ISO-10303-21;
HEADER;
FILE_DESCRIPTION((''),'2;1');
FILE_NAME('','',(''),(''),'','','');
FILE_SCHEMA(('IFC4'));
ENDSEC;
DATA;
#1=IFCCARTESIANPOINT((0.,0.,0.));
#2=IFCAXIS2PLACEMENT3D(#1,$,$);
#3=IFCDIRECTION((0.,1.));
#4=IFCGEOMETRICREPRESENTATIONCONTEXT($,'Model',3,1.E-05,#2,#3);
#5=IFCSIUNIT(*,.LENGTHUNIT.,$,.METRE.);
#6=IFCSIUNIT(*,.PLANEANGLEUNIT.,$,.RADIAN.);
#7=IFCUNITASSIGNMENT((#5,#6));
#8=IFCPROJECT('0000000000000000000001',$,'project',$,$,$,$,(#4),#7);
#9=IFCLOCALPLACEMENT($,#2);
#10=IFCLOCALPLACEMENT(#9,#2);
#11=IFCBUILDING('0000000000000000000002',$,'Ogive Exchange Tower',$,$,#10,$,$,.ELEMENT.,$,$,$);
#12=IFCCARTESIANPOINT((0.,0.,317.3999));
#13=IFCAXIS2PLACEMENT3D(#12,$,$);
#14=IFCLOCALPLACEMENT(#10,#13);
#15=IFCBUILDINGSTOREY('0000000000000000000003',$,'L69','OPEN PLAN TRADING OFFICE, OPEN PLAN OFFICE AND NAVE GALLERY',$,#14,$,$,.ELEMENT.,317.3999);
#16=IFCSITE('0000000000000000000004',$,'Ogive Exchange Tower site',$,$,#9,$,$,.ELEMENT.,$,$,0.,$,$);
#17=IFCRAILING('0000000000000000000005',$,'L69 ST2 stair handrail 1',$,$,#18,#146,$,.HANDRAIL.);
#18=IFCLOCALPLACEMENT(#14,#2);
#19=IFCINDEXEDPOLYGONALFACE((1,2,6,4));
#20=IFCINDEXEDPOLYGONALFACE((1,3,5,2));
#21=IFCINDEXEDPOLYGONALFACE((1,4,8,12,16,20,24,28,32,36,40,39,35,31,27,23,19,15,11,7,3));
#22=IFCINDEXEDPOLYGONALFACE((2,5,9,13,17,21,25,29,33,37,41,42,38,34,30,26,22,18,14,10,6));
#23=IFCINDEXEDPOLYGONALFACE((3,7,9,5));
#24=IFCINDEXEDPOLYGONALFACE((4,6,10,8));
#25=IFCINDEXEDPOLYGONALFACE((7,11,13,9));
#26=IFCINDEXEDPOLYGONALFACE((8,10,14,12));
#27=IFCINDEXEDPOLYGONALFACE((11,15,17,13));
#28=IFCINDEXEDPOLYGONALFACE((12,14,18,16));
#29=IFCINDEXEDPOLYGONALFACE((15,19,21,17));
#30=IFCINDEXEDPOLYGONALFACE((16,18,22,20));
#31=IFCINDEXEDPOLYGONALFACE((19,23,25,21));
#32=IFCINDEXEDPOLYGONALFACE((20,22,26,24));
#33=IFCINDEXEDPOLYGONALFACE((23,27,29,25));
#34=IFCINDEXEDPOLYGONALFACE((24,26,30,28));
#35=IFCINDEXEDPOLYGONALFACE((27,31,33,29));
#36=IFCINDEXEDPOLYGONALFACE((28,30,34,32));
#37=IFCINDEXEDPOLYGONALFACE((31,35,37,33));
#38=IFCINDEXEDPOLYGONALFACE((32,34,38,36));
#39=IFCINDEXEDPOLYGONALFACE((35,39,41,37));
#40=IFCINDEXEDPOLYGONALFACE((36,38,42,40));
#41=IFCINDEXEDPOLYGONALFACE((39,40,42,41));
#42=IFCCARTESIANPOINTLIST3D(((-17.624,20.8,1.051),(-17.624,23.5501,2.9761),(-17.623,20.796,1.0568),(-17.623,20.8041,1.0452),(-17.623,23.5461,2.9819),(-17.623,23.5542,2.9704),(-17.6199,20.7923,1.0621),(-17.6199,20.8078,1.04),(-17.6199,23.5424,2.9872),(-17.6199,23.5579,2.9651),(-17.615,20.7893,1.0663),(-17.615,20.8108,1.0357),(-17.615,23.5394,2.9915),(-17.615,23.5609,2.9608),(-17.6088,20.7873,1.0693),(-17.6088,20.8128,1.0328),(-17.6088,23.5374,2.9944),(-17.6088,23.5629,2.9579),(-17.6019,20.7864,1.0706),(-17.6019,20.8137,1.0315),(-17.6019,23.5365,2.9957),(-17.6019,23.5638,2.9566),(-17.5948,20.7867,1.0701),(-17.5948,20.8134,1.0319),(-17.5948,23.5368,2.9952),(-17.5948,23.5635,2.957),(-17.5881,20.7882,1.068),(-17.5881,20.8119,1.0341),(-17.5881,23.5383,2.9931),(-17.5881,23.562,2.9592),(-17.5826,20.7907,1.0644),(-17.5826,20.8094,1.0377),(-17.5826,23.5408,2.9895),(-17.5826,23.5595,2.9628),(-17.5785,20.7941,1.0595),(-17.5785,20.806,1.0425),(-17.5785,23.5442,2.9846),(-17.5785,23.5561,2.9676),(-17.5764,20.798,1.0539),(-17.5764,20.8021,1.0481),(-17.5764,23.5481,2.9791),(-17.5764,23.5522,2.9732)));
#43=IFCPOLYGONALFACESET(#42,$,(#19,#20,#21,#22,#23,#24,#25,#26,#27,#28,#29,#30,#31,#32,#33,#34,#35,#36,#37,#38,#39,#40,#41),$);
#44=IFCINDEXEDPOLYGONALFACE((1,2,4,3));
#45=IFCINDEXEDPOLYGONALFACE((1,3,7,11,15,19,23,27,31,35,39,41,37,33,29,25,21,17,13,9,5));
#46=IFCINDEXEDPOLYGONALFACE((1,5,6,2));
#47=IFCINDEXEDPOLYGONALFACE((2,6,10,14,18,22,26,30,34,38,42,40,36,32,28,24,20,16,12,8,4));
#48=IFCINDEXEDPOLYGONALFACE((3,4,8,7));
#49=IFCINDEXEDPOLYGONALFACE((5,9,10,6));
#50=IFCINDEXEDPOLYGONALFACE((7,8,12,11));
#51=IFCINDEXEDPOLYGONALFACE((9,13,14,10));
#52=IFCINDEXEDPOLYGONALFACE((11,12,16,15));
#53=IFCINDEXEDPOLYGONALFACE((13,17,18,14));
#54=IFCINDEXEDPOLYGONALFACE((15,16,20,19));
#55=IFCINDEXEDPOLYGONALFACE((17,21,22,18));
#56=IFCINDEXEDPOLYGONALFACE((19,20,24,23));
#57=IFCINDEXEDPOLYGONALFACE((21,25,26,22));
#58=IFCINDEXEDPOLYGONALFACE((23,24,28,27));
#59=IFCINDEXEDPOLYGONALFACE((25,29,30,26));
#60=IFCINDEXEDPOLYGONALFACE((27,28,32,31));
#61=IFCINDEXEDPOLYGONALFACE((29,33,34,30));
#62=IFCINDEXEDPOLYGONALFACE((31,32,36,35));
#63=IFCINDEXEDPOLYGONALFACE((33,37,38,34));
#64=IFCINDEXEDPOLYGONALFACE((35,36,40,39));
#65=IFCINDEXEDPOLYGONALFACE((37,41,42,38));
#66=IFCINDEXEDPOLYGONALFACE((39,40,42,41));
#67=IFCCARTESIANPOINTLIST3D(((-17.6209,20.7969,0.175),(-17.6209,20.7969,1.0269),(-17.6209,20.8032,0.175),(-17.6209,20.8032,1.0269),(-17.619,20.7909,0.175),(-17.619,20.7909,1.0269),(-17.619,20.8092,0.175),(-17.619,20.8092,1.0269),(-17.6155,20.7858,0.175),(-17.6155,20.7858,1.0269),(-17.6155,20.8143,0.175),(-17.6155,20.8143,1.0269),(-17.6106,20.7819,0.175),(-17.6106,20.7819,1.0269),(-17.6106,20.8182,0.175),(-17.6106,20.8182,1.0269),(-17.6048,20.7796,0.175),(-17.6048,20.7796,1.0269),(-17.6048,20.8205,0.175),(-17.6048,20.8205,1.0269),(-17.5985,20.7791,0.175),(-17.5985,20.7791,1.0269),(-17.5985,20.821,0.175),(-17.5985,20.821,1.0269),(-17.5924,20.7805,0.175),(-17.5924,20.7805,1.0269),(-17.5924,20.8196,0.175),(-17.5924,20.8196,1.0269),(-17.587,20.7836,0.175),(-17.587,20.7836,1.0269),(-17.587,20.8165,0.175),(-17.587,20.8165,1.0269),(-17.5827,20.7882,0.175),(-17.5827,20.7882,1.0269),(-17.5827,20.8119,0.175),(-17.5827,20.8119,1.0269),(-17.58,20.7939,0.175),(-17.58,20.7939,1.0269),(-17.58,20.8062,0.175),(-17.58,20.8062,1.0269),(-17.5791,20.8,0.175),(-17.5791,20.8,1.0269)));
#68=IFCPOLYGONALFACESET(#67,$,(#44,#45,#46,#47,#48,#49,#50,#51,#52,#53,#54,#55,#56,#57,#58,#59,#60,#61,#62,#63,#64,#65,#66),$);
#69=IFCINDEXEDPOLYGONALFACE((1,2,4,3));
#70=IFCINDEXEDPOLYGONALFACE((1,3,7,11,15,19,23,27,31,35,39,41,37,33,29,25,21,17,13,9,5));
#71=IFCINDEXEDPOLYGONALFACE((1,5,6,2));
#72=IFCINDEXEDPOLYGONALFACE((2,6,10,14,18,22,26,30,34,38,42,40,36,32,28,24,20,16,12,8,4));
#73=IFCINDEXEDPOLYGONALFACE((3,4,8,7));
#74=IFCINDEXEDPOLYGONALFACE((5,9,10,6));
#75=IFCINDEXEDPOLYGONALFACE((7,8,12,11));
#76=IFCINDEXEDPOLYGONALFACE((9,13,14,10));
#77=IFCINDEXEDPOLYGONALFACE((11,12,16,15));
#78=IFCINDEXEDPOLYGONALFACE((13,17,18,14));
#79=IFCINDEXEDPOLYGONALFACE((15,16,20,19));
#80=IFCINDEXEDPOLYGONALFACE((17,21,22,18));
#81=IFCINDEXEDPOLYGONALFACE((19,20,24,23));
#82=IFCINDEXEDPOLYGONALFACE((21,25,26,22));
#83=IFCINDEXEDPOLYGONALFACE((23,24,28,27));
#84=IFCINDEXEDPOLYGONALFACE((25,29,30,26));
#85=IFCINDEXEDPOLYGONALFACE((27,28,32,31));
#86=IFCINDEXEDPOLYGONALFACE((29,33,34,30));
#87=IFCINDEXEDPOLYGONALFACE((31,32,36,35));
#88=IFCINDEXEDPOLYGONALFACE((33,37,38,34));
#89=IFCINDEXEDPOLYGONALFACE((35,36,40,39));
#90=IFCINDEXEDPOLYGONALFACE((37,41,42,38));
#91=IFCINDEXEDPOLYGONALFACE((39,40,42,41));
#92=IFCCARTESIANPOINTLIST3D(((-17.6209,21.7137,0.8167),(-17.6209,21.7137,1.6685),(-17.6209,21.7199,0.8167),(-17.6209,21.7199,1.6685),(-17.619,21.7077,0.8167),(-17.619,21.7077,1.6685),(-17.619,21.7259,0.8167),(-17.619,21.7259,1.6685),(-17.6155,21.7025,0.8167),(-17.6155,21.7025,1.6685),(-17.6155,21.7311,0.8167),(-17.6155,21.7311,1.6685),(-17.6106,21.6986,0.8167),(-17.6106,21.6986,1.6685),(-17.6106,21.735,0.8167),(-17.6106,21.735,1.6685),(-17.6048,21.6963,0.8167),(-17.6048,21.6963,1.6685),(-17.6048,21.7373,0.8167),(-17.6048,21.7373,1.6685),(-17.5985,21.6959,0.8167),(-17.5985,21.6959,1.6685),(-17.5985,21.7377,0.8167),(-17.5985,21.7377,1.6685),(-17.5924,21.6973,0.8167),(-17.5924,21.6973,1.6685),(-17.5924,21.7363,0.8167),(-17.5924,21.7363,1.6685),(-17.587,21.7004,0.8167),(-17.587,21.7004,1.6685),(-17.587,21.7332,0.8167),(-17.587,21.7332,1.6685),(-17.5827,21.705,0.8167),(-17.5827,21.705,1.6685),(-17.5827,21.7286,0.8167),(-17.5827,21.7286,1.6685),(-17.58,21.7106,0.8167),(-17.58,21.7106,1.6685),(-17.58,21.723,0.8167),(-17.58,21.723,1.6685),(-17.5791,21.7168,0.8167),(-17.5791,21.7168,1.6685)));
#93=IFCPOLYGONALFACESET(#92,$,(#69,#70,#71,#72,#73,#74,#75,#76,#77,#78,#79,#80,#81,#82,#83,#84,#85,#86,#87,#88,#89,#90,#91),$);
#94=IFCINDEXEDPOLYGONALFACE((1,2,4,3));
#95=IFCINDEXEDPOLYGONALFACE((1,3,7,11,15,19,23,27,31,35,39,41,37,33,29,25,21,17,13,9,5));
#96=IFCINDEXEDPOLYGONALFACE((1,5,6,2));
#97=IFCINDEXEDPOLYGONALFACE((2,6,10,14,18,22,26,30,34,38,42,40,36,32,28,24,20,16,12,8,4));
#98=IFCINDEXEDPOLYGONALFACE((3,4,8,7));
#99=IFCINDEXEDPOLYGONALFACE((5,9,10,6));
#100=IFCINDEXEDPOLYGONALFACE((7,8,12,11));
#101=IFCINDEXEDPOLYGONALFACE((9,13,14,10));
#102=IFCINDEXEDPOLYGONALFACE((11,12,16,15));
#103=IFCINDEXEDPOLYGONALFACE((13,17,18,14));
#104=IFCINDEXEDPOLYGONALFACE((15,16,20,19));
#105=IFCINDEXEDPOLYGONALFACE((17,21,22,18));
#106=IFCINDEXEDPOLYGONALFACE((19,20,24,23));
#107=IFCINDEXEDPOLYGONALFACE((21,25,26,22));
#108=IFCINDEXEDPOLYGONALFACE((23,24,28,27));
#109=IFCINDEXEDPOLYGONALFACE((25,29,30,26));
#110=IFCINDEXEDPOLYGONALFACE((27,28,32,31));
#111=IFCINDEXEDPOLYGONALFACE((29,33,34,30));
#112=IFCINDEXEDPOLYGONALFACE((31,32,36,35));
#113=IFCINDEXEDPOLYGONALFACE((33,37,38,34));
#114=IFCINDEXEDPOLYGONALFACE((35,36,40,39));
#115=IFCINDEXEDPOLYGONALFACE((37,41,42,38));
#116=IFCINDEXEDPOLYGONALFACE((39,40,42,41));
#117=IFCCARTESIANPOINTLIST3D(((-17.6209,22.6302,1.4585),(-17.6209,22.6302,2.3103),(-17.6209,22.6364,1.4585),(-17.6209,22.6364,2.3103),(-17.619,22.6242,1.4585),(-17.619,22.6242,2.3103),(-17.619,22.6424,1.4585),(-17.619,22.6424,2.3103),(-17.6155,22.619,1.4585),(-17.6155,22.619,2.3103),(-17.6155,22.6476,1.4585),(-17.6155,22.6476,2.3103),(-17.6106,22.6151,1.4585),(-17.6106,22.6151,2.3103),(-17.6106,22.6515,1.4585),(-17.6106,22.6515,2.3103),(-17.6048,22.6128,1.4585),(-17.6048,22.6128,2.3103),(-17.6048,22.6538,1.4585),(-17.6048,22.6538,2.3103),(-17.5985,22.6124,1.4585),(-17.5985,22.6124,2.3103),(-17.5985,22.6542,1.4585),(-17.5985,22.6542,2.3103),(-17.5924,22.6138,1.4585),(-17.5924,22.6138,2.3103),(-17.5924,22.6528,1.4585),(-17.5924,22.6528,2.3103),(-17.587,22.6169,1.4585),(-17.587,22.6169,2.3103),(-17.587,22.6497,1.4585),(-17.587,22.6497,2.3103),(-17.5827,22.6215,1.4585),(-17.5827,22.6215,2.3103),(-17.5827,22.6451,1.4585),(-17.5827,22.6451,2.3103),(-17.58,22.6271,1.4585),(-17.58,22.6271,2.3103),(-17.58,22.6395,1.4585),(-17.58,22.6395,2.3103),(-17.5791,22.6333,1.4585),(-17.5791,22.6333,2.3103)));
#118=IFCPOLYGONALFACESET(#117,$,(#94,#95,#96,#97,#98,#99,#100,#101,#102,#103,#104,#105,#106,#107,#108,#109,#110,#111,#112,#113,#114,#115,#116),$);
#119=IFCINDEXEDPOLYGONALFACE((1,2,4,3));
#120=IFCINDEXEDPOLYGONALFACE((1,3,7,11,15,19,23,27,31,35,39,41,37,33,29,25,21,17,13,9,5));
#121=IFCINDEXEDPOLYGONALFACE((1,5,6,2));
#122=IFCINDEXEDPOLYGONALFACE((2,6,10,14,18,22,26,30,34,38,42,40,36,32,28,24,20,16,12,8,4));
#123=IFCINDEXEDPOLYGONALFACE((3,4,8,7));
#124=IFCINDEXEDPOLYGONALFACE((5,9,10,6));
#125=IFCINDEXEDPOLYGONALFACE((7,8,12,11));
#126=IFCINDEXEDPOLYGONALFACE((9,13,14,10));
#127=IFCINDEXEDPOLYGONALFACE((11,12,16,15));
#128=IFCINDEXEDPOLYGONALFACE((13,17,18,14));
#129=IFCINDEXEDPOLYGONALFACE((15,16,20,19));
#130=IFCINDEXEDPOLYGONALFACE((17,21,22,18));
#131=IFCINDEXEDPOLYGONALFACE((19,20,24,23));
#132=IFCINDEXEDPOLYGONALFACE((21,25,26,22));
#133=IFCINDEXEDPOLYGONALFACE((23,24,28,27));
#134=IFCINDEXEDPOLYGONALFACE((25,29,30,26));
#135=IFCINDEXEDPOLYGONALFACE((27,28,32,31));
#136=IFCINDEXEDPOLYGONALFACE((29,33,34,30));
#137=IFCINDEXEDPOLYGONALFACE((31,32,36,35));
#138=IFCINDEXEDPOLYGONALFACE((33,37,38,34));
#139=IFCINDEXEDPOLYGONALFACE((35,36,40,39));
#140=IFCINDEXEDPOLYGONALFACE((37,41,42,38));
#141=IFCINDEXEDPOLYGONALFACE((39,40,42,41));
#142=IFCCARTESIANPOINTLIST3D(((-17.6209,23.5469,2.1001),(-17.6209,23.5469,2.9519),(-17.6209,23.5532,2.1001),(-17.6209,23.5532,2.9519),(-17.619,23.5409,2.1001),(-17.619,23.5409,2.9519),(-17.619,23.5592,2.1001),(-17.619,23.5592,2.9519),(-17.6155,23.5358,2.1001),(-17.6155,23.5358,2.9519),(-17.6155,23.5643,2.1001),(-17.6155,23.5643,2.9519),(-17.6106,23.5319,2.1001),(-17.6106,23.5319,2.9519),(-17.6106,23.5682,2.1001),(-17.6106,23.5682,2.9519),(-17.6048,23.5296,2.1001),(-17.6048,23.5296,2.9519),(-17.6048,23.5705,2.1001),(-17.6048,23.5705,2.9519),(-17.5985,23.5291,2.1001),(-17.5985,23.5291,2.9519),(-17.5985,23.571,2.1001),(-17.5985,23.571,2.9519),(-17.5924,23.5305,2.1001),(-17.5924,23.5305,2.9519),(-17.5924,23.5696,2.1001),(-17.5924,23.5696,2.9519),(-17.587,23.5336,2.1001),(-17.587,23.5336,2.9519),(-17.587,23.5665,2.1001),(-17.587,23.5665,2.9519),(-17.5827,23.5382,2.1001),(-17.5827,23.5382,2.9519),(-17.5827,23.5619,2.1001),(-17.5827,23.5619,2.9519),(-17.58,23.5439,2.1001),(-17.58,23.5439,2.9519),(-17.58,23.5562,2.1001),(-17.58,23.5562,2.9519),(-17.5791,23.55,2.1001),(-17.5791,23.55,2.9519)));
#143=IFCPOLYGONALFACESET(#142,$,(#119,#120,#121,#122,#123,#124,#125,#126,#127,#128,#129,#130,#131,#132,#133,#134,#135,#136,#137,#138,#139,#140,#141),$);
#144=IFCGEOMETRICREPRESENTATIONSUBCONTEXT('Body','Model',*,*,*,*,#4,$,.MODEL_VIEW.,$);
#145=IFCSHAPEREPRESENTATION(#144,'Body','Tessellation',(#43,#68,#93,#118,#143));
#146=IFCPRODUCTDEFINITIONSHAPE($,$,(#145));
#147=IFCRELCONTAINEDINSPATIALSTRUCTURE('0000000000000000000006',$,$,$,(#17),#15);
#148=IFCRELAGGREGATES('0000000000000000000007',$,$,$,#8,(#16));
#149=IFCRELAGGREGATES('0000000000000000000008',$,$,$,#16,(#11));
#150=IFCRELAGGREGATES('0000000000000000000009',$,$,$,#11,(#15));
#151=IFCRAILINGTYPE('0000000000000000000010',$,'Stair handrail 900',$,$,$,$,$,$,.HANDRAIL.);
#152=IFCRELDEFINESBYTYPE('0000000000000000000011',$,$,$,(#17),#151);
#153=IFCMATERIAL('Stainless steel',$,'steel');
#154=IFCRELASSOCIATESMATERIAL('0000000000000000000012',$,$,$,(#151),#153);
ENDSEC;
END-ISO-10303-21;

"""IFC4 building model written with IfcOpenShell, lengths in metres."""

from ifc_helpers import new_model, si_unit, direction, frame, origin, origin_2d, place, context, subcontext, project, spatial, circle, extrude, material, type_object, element, save


model = new_model("IFC4")

# Units and contexts
model_context = context("Model", 3, precision=1e-05, world=origin(), true_north=direction((0.0, 1.0)))
body_context = subcontext(model_context, "Body", "Model", "MODEL_VIEW")
ifc_project = project(units=[si_unit("LENGTHUNIT", "METRE"), si_unit("PLANEANGLEUNIT", "RADIAN")], contexts=[model_context])

# Site, building, storey
site_placement = place(None, origin())
site = spatial("IfcSite", under=ifc_project, at=site_placement, Name="Ogive Exchange Tower site", CompositionType="ELEMENT", RefElevation=0.0)
building_placement = place(site_placement, origin())
building = spatial("IfcBuilding", under=site, at=building_placement, Name="Ogive Exchange Tower", CompositionType="ELEMENT")
storey_placement = place(building_placement, frame((0.0, 0.0, 317.3999)))
storey = spatial("IfcBuildingStorey", under=building, at=storey_placement, Name="L69", Description="OPEN PLAN TRADING OFFICE, OPEN PLAN OFFICE AND NAVE GALLERY", CompositionType="ELEMENT", Elevation=317.3999)

# Railing
ifc_material_1 = material(Name="Stainless steel", Category="steel")
railing_type = type_object("IfcRailingType", Name="Stair handrail 900", PredefinedType="HANDRAIL", material=ifc_material_1)
railing_placement = place(storey_placement, frame((-17.6001, 20.8, 0.175)))
element("IfcRailing", 1, at=railing_placement, inside=storey, type_object=railing_type, Name="L69 ST2 stair handrail 1", PredefinedType="HANDRAIL", context=body_context, shape_type="SweptSolid", body=[
    extrude(circle(Radius=0.0239, at=origin_2d()), frame((0.0, 0.0, 0.876), z_axis=(0.0, 0.819225, 0.573472), x_axis=(-1.0, 0.0, 0.0)), (0.0, 0.0, 1.0), 3.3569),
    extrude(circle(Radius=0.021, at=origin_2d()), origin(), (0.0, 0.0, 1.0), 0.8518),
    extrude(circle(Radius=0.021, at=origin_2d()), frame((0.0, 0.9167, 0.6416)), (0.0, 0.0, 1.0), 0.8518),
    extrude(circle(Radius=0.021, at=origin_2d()), frame((0.0, 1.8333, 1.2834)), (0.0, 0.0, 1.0), 0.8518),
    extrude(circle(Radius=0.021, at=origin_2d()), frame((0.0, 2.75, 1.925)), (0.0, 0.0, 1.0), 0.8518),
])

save(model, "model.ifc")
